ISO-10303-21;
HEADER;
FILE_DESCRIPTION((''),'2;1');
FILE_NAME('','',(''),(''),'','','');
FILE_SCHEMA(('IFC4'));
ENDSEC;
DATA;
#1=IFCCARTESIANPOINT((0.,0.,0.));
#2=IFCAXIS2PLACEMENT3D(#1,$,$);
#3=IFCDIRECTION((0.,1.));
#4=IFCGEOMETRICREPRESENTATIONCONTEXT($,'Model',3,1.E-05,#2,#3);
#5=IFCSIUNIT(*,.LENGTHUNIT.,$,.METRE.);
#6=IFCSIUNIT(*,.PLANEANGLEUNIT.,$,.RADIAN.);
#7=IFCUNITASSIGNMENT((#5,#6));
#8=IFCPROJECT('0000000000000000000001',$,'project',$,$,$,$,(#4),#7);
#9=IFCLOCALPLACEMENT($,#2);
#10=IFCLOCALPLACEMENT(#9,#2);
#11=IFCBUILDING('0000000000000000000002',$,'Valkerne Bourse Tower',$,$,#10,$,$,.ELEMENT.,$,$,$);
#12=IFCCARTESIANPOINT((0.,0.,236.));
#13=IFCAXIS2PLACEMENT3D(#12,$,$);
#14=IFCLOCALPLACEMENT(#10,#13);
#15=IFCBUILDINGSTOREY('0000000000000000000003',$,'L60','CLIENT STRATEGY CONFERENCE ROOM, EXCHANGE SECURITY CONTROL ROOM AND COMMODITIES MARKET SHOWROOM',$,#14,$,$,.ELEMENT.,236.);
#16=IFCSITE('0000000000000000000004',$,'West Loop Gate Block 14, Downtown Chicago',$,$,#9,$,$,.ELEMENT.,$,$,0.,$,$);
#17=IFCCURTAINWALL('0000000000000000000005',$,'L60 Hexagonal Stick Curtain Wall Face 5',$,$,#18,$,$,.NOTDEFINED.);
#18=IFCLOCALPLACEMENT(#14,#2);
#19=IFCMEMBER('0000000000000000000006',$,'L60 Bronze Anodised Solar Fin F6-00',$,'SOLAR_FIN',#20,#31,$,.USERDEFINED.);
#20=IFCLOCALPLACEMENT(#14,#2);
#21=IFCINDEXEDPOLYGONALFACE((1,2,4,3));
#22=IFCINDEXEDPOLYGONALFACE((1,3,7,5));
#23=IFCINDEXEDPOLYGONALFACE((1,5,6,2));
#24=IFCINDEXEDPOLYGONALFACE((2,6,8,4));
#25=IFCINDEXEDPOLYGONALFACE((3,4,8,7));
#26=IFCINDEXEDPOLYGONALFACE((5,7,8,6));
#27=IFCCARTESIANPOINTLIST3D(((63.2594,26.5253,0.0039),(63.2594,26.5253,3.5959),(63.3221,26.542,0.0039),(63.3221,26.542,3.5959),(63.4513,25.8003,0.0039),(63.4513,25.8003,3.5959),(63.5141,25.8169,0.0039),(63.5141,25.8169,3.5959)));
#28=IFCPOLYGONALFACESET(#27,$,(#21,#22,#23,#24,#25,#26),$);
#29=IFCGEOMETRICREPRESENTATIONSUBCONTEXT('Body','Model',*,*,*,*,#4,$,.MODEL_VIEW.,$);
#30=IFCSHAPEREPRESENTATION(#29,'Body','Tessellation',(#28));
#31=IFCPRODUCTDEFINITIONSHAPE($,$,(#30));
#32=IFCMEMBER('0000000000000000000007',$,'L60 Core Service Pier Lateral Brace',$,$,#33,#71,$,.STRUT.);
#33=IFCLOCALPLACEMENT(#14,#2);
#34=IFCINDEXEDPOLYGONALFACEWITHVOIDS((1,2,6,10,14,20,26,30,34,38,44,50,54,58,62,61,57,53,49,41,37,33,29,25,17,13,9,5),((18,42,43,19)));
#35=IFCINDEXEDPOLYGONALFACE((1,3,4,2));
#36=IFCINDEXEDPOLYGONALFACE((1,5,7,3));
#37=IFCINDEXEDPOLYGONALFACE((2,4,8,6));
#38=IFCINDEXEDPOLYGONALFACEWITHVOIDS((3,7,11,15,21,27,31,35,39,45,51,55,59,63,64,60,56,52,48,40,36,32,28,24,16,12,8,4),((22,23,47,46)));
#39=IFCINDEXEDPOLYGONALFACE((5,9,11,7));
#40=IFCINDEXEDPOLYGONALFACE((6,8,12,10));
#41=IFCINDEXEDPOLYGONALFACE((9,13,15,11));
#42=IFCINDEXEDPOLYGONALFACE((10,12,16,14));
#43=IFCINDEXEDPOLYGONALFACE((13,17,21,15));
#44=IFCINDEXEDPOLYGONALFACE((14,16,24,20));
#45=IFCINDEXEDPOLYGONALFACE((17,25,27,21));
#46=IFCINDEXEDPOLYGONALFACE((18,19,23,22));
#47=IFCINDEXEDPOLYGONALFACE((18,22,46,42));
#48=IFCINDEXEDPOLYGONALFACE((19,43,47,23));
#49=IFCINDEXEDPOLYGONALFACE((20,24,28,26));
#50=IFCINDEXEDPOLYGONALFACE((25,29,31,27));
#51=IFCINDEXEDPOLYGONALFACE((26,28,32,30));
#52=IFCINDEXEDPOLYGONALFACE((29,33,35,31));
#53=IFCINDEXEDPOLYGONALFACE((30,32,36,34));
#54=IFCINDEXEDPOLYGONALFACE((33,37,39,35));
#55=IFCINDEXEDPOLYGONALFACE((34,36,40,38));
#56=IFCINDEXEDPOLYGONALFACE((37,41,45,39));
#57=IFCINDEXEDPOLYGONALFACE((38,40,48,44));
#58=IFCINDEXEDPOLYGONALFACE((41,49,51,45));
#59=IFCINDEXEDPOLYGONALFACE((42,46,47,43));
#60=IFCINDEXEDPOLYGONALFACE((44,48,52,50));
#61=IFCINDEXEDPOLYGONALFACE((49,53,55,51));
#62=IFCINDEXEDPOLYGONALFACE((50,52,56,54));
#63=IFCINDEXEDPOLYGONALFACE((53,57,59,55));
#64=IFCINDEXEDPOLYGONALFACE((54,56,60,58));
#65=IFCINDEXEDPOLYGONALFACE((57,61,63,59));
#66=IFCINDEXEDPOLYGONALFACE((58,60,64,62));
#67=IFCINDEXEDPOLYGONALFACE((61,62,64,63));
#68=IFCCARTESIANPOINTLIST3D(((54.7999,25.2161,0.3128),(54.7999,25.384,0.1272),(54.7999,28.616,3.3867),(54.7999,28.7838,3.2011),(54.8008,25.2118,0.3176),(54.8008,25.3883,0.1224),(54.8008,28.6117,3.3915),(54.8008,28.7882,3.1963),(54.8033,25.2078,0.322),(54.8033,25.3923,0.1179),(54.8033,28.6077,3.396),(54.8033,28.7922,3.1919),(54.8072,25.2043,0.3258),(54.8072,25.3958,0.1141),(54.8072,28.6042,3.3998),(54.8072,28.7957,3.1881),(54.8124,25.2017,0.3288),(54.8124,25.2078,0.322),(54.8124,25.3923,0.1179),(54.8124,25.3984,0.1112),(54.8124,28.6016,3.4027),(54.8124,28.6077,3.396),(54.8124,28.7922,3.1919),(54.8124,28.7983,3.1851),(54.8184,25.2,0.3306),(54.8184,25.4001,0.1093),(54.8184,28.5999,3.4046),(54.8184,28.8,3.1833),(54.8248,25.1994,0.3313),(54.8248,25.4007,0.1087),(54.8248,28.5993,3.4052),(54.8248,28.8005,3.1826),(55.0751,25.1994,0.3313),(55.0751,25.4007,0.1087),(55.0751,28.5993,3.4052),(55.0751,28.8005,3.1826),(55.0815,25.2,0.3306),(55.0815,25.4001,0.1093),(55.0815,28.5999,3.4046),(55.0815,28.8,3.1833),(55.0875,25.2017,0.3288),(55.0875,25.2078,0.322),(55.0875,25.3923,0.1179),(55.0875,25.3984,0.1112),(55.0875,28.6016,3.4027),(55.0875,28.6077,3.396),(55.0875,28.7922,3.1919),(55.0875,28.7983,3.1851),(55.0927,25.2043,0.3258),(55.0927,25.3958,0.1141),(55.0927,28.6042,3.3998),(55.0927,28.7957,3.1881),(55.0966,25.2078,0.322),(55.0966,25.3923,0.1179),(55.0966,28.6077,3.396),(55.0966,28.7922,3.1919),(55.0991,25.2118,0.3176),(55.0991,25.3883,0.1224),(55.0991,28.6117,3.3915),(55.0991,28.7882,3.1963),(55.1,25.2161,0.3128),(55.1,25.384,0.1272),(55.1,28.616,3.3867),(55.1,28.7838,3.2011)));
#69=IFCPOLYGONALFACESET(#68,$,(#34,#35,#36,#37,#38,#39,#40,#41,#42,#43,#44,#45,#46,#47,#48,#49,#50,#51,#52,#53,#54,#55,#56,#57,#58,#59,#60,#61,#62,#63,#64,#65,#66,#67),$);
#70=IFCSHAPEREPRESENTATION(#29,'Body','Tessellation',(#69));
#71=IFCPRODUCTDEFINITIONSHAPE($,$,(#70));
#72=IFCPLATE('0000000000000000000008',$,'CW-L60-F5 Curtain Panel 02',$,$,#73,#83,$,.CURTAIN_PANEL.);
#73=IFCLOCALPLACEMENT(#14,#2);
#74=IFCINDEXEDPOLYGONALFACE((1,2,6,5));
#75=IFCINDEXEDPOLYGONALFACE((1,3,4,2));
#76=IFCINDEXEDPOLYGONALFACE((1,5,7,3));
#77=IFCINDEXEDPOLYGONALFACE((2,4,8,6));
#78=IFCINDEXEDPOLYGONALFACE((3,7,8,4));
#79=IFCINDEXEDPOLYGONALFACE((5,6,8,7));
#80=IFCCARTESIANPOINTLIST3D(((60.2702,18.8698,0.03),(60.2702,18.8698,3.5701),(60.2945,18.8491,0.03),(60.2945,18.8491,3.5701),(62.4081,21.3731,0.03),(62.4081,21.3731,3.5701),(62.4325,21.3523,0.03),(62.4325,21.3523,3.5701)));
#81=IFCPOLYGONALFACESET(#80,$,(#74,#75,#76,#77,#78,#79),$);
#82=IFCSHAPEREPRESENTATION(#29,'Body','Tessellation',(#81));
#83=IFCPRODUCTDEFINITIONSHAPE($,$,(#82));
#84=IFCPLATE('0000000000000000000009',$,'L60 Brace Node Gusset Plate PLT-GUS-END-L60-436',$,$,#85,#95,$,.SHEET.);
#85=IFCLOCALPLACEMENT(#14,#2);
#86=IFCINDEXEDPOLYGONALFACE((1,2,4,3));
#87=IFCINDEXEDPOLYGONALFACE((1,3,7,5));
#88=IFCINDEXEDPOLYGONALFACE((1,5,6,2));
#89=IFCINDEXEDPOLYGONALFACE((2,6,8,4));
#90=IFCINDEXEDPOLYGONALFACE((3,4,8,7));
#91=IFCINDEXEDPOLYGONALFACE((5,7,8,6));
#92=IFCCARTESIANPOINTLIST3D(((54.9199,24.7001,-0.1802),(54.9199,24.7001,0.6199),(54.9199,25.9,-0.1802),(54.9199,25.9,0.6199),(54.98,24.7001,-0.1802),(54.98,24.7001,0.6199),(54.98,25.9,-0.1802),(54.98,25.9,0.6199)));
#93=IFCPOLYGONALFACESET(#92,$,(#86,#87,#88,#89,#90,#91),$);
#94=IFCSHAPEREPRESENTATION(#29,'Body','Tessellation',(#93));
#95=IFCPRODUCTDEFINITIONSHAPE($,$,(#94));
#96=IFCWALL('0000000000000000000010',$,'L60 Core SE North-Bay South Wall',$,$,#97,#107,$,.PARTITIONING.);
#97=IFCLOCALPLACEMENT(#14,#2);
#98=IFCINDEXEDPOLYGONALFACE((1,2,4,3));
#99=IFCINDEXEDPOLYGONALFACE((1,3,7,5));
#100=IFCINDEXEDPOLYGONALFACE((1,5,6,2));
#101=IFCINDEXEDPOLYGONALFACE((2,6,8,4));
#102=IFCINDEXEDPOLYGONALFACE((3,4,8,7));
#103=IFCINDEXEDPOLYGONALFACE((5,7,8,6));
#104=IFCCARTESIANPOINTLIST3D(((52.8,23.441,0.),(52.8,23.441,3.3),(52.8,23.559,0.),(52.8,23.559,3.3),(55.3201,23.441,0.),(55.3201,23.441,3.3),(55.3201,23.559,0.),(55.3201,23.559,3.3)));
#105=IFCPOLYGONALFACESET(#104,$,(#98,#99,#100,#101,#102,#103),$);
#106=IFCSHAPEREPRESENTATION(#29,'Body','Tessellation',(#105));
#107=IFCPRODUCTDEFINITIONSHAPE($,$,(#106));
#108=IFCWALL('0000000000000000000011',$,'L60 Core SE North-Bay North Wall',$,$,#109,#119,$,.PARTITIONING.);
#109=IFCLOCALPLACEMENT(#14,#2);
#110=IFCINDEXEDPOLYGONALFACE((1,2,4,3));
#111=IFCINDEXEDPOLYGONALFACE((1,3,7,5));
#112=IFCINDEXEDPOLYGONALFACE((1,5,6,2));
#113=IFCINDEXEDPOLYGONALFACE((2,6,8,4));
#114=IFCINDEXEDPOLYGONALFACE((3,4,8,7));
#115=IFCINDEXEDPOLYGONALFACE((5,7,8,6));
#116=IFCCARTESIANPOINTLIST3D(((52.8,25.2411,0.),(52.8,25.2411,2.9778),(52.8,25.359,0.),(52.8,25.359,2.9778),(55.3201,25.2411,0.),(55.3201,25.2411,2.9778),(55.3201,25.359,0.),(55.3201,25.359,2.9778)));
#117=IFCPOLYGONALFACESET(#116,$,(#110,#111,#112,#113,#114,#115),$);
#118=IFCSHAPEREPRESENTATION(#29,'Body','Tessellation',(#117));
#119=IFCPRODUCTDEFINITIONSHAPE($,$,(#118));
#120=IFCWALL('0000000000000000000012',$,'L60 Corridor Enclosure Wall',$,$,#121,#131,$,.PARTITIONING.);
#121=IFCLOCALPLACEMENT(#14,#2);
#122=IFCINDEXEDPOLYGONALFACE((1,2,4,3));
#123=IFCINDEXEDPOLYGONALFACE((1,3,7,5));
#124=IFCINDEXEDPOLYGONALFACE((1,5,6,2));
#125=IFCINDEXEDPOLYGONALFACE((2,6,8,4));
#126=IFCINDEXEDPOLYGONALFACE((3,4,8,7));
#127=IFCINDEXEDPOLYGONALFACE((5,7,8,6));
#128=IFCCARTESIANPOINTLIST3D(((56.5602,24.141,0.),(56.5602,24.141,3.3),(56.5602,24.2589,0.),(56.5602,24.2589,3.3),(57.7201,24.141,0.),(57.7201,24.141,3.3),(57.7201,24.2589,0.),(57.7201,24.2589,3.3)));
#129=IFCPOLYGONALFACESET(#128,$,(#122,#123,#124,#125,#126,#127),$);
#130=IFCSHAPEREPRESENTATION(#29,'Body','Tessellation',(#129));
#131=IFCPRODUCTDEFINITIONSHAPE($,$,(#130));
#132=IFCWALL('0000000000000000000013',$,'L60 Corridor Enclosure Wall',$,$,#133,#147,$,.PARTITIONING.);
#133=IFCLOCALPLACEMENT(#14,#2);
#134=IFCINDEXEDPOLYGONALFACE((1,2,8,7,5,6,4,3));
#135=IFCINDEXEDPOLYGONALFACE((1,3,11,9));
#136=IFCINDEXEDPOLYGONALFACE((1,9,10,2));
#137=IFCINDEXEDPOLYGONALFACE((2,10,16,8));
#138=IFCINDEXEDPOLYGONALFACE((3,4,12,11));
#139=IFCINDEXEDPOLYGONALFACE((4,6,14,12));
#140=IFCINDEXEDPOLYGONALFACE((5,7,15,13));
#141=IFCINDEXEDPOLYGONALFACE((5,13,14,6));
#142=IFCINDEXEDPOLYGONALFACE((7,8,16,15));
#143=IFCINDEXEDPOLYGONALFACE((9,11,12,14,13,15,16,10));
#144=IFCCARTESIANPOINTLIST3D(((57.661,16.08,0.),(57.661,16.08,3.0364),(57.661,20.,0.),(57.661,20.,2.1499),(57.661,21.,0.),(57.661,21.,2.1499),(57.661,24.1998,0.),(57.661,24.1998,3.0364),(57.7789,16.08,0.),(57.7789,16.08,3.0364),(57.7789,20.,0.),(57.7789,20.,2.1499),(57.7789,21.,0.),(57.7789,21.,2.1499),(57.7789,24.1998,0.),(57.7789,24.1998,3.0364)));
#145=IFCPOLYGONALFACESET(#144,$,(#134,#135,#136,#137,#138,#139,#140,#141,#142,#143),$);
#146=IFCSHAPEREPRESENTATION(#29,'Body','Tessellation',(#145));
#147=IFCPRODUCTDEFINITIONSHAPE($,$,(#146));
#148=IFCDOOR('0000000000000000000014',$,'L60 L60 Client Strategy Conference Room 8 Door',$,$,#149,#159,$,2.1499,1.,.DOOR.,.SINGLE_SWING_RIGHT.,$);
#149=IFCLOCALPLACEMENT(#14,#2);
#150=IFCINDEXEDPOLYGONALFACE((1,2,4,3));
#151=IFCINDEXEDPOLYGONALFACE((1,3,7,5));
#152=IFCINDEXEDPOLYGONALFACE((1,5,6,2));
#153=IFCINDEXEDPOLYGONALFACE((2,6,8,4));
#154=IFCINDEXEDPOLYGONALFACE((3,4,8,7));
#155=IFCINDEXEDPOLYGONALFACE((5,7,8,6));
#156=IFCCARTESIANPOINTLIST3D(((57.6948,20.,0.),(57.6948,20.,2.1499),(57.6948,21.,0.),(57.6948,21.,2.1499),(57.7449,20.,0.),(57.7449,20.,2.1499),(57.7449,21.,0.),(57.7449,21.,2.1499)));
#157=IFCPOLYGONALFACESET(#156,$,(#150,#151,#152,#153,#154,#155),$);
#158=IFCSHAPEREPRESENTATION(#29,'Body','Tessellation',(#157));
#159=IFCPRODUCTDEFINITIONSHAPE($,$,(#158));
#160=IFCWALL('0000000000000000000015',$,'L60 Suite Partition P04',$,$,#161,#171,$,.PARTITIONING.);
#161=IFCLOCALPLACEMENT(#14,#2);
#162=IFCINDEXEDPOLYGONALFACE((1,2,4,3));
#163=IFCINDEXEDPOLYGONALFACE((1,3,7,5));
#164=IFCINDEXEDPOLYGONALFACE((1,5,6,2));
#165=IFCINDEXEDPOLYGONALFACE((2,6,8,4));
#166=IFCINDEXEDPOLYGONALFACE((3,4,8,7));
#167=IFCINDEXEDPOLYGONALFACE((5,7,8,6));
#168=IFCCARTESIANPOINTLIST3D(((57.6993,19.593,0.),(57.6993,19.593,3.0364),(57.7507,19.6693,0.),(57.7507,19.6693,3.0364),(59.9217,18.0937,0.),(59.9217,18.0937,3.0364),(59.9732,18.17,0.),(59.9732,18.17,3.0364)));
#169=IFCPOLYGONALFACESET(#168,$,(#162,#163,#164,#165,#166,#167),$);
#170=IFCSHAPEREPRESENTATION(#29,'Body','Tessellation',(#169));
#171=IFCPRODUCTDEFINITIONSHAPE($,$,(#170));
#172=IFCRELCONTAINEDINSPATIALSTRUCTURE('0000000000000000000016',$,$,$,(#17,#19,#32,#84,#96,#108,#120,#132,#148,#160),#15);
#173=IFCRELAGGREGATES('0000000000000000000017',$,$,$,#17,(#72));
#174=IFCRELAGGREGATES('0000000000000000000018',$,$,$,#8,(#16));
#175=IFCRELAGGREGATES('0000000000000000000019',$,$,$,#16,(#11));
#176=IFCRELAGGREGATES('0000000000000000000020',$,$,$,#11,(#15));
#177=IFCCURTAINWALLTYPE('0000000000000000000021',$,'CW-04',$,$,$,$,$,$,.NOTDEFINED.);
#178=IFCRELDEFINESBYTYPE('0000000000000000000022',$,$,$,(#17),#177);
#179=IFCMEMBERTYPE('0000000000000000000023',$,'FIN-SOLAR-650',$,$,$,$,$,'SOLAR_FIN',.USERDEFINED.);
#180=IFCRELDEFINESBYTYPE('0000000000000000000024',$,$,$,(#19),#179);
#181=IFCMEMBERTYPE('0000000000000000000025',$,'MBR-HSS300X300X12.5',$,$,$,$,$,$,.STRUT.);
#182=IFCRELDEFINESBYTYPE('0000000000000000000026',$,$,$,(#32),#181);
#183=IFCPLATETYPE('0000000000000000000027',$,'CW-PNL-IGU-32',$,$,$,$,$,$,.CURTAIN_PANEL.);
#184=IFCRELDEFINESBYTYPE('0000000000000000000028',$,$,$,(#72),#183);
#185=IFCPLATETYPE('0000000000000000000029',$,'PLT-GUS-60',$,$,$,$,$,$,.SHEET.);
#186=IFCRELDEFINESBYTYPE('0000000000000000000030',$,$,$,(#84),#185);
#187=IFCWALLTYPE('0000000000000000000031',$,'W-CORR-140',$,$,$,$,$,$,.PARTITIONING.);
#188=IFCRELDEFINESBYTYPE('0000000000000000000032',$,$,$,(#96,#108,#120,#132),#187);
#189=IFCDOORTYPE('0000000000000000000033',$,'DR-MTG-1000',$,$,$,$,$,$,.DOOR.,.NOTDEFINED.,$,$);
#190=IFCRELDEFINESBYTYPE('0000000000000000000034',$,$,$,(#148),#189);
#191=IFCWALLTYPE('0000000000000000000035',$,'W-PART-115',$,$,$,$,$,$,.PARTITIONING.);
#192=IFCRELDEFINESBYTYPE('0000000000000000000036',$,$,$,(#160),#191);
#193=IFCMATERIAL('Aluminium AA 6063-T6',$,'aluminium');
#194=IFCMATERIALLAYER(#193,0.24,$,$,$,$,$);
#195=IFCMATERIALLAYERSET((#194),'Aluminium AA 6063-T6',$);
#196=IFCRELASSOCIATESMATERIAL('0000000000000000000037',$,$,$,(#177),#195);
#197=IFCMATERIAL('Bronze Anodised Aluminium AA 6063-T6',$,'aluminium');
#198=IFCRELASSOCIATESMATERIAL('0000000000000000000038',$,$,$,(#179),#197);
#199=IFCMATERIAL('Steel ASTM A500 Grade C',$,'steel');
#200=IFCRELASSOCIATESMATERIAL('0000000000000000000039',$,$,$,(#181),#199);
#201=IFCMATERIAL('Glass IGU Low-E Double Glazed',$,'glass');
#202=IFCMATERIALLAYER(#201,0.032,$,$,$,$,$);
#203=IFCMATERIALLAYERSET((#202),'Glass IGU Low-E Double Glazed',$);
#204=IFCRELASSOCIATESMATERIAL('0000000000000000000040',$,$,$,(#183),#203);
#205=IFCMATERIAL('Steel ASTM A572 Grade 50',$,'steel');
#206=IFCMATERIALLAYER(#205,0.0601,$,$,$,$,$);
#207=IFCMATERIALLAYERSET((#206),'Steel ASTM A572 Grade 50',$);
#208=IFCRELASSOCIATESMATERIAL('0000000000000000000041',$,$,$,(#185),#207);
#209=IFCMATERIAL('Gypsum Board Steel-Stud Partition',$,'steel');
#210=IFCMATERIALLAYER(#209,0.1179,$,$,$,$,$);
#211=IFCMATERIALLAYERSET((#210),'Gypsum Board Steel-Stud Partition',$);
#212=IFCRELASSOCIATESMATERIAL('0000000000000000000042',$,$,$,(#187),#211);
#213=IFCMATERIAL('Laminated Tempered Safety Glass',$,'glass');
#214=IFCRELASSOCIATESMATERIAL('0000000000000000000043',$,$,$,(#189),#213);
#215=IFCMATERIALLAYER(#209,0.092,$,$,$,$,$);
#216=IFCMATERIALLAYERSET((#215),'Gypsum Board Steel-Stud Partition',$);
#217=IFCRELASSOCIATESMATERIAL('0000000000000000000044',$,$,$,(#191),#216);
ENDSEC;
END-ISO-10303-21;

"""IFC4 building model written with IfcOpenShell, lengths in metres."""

from ifc_helpers import new_model, si_unit, direction, frame, frame_2d, origin, origin_2d, place, context, subcontext, project, spatial, rectangle, hollow_rectangle, extrude, material, layer, layer_set, material_profile, profile_set, type_object, element, fill, aggregate, save


model = new_model("IFC4")

# Units and contexts
model_context = context("Model", 3, precision=1e-05, world=origin(), true_north=direction((0.0, 1.0)))
body_context = subcontext(model_context, "Body", "Model", "MODEL_VIEW")
ifc_project = project(units=[si_unit("LENGTHUNIT", "METRE"), si_unit("PLANEANGLEUNIT", "RADIAN")], contexts=[model_context])

# Site, building, storey
site_placement = place(None, origin())
site = spatial("IfcSite", under=ifc_project, at=site_placement, Name="West Loop Gate Block 14, Downtown Chicago", CompositionType="ELEMENT", RefElevation=0.0)
building_placement = place(site_placement, origin())
building = spatial("IfcBuilding", under=site, at=building_placement, Name="Valkerne Bourse Tower", CompositionType="ELEMENT")
storey_placement = place(building_placement, frame((0.0, 0.0, 236.0)))
storey = spatial("IfcBuildingStorey", under=building, at=storey_placement, Name="L60", Description="CLIENT STRATEGY CONFERENCE ROOM, EXCHANGE SECURITY CONTROL ROOM AND COMMODITIES MARKET SHOWROOM", CompositionType="ELEMENT", Elevation=236.0)

# Curtain wall
ifc_material_1 = material(Name="Aluminium AA 6063-T6", Category="aluminium")
ifc_layer_1 = layer(ifc_material_1, 0.24)
ifc_layer_set_1 = layer_set([ifc_layer_1], Name="Aluminium AA 6063-T6")
curtain_wall_type = type_object("IfcCurtainWallType", Name="CW-04", PredefinedType="NOTDEFINED", material=ifc_layer_set_1)
curtain_wall_1_placement = place(storey_placement, origin())
curtain_wall_1 = element("IfcCurtainWall", 1, at=curtain_wall_1_placement, inside=storey, type_object=curtain_wall_type, Name="L60 Hexagonal Stick Curtain Wall Face 5", PredefinedType="NOTDEFINED")

# Members
ifc_material_2 = material(Name="Bronze Anodised Aluminium AA 6063-T6", Category="aluminium")
ifc_material_profile_1 = material_profile(ifc_material_2, rectangle(XDim=0.0649, YDim=0.75, at=origin_2d()), Name="FIN-65X750")
ifc_profile_set_1 = profile_set([ifc_material_profile_1], Name="Bronze Anodised Aluminium AA 6063-T6")
member_type_1 = type_object("IfcMemberType", Name="FIN-SOLAR-650", ElementType="SOLAR_FIN", PredefinedType="USERDEFINED", material=ifc_profile_set_1)
member_1_placement = place(storey_placement, frame((63.3867, 26.1711, 0.0039), z_axis=(0.0, 0.0, 1.0), x_axis=(0.966704, 0.255898, 0.0)))
element("IfcMember", 2, at=member_1_placement, inside=storey, type_object=member_type_1, Name="L60 Bronze Anodised Solar Fin F6-00", ObjectType="SOLAR_FIN", PredefinedType="USERDEFINED", context=body_context, shape_type="SweptSolid", body=[
    extrude(rectangle(XDim=0.0649, YDim=0.75, at=origin_2d()), origin(), (0.0, 0.0, 1.0), 3.592),
])
ifc_material_3 = material(Name="Steel ASTM A500 Grade C", Category="steel")
ifc_material_profile_2 = material_profile(ifc_material_3, hollow_rectangle(XDim=0.3, YDim=0.3, WallThickness=0.0125, OuterFilletRadius=0.0249, at=origin_2d()), Name="HSS300X300X12.5")
ifc_profile_set_2 = profile_set([ifc_material_profile_2], Name="Steel ASTM A500 Grade C")
member_type_2 = type_object("IfcMemberType", Name="MBR-HSS300X300X12.5", PredefinedType="STRUT", material=ifc_profile_set_2)
member_2_placement = place(storey_placement, frame((54.95, 25.3, 0.22), z_axis=(0.0, 0.741767, 0.670658), x_axis=(-1.0, 0.0, 0.0)))
element("IfcMember", 3, at=member_2_placement, inside=storey, type_object=member_type_2, Name="L60 Core Service Pier Lateral Brace", PredefinedType="STRUT", context=body_context, shape_type="SweptSolid", body=[
    extrude(hollow_rectangle(XDim=0.3, YDim=0.3, WallThickness=0.0125, OuterFilletRadius=0.0249, at=origin_2d()), origin(), (0.0, 0.0, 1.0), 4.5835),
])

# Plates
ifc_material_4 = material(Name="Glass IGU Low-E Double Glazed", Category="glass")
ifc_layer_2 = layer(ifc_material_4, 0.032)
ifc_layer_set_2 = layer_set([ifc_layer_2], Name="Glass IGU Low-E Double Glazed")
plate_type_1 = type_object("IfcPlateType", Name="CW-PNL-IGU-32", PredefinedType="CURTAIN_PANEL", material=ifc_layer_set_2)
plate_1_placement = place(storey_placement, frame((61.3513, 20.1111, 0.03), z_axis=(0.0, 0.0, 1.0), x_axis=(0.649441, 0.760412, 0.0)))
plate_1 = element("IfcPlate", 4, at=plate_1_placement, type_object=plate_type_1, Name="CW-L60-F5 Curtain Panel 02", PredefinedType="CURTAIN_PANEL", context=body_context, shape_type="SweptSolid", body=[
    extrude(rectangle(XDim=3.292, YDim=0.032, at=origin_2d()), origin(), (0.0, 0.0, 1.0), 3.54),
])
aggregate(curtain_wall_1, [plate_1])
ifc_material_5 = material(Name="Steel ASTM A572 Grade 50", Category="steel")
ifc_layer_3 = layer(ifc_material_5, 0.0601)
ifc_layer_set_3 = layer_set([ifc_layer_3], Name="Steel ASTM A572 Grade 50")
plate_type_2 = type_object("IfcPlateType", Name="PLT-GUS-60", PredefinedType="SHEET", material=ifc_layer_set_3)
plate_2_placement = place(storey_placement, frame((54.95, 25.3, -0.1802), z_axis=(0.0, 0.0, 1.0), x_axis=(0.0, 1.0, 0.0)))
element("IfcPlate", 5, at=plate_2_placement, inside=storey, type_object=plate_type_2, Name="L60 Brace Node Gusset Plate PLT-GUS-END-L60-436", PredefinedType="SHEET", context=body_context, shape_type="SweptSolid", body=[
    extrude(rectangle(XDim=1.2, YDim=0.0601, at=origin_2d()), origin(), (0.0, 0.0, 1.0), 0.8),
])

# Walls
ifc_material_6 = material(Name="Gypsum Board Steel-Stud Partition", Category="steel")
ifc_layer_4 = layer(ifc_material_6, 0.1179)
ifc_layer_set_4 = layer_set([ifc_layer_4], Name="Gypsum Board Steel-Stud Partition")
wall_type_1 = type_object("IfcWallType", Name="W-CORR-140", PredefinedType="PARTITIONING", material=ifc_layer_set_4)
wall_1_placement = place(storey_placement, frame((52.8, 23.5, 0.0), z_axis=(0.0, 0.0, 1.0), x_axis=(1.0, 0.0, 0.0)))
element("IfcWall", 6, at=wall_1_placement, inside=storey, type_object=wall_type_1, Name="L60 Core SE North-Bay South Wall", PredefinedType="PARTITIONING", context=body_context, shape_type="SweptSolid", body=[
    extrude(rectangle(XDim=2.52, YDim=0.1179, at=frame_2d((1.26, 0.0))), origin(), (0.0, 0.0, 1.0), 3.3),
])
wall_2_placement = place(storey_placement, frame((52.8, 25.3, 0.0), z_axis=(0.0, 0.0, 1.0), x_axis=(1.0, 0.0, 0.0)))
element("IfcWall", 7, at=wall_2_placement, inside=storey, type_object=wall_type_1, Name="L60 Core SE North-Bay North Wall", PredefinedType="PARTITIONING", context=body_context, shape_type="SweptSolid", body=[
    extrude(rectangle(XDim=2.52, YDim=0.1179, at=frame_2d((1.26, 0.0))), origin(), (0.0, 0.0, 1.0), 2.9778),
])
wall_3_placement = place(storey_placement, frame((56.5601, 24.2, 0.0), z_axis=(0.0, 0.0, 1.0), x_axis=(1.0, 0.0, 0.0)))
element("IfcWall", 8, at=wall_3_placement, inside=storey, type_object=wall_type_1, Name="L60 Corridor Enclosure Wall", PredefinedType="PARTITIONING", context=body_context, shape_type="SweptSolid", body=[
    extrude(rectangle(XDim=1.1599, YDim=0.1179, at=frame_2d((0.5801, 0.0))), origin(), (0.0, 0.0, 1.0), 3.3),
])

# Wall, opening, door
wall_4_placement = place(storey_placement, frame((57.72, 24.2, 0.0), z_axis=(0.0, 0.0, 1.0), x_axis=(0.0, -1.0, 0.0)))
wall_4 = element("IfcWall", 9, at=wall_4_placement, inside=storey, type_object=wall_type_1, Name="L60 Corridor Enclosure Wall", PredefinedType="PARTITIONING", context=body_context, shape_type="SweptSolid", body=[
    extrude(rectangle(XDim=8.1199, YDim=0.1179, at=frame_2d((4.0601, 0.0))), origin(), (0.0, 0.0, 1.0), 3.0364),
])
opening_placement = place(wall_4_placement, frame((3.2, 0.0, 0.0)))
opening = element("IfcOpeningElement", 10, at=opening_placement, cuts=wall_4, PredefinedType="OPENING", context=body_context, shape_type="SweptSolid", body=[
    extrude(rectangle(XDim=1.0, YDim=2.1499, at=frame_2d((0.5, 1.075))), frame((0.0, 0.0688, 0.0), z_axis=(0.0, -1.0, 0.0), x_axis=(1.0, 0.0, 0.0)), (0.0, 0.0, 1.0), 0.1379),
])
ifc_material_7 = material(Name="Laminated Tempered Safety Glass", Category="glass")
door_type = type_object("IfcDoorType", Name="DR-MTG-1000", OperationType="NOTDEFINED", PredefinedType="DOOR", material=ifc_material_7)
door_placement = place(opening_placement, origin())
door = element("IfcDoor", 11, at=door_placement, inside=storey, type_object=door_type, Name="L60 L60 Client Strategy Conference Room 8 Door", OperationType="SINGLE_SWING_RIGHT", OverallHeight=2.1499, OverallWidth=1.0, PredefinedType="DOOR", context=body_context, shape_type="SweptSolid", body=[
    extrude(rectangle(XDim=1.0, YDim=2.1499, at=frame_2d((0.5, 1.075))), frame((0.0, 0.0249, 0.0), z_axis=(0.0, -1.0, 0.0), x_axis=(1.0, 0.0, 0.0)), (0.0, 0.0, 1.0), 0.05),
])
fill(opening, door)

# Wall
ifc_layer_5 = layer(ifc_material_6, 0.092)
ifc_layer_set_5 = layer_set([ifc_layer_5], Name="Gypsum Board Steel-Stud Partition")
wall_type_2 = type_object("IfcWallType", Name="W-PART-115", PredefinedType="PARTITIONING", material=ifc_layer_set_5)
wall_5_placement = place(storey_placement, frame((57.7251, 19.6311, 0.0), z_axis=(0.0, 0.0, 1.0), x_axis=(0.828998, -0.559252, 0.0)))
element("IfcWall", 12, at=wall_5_placement, inside=storey, type_object=wall_type_2, Name="L60 Suite Partition P04", PredefinedType="PARTITIONING", context=body_context, shape_type="SweptSolid", body=[
    extrude(rectangle(XDim=2.6809, YDim=0.092, at=frame_2d((1.3403, 0.0))), origin(), (0.0, 0.0, 1.0), 3.0364),
])

save(model, "model.ifc")
